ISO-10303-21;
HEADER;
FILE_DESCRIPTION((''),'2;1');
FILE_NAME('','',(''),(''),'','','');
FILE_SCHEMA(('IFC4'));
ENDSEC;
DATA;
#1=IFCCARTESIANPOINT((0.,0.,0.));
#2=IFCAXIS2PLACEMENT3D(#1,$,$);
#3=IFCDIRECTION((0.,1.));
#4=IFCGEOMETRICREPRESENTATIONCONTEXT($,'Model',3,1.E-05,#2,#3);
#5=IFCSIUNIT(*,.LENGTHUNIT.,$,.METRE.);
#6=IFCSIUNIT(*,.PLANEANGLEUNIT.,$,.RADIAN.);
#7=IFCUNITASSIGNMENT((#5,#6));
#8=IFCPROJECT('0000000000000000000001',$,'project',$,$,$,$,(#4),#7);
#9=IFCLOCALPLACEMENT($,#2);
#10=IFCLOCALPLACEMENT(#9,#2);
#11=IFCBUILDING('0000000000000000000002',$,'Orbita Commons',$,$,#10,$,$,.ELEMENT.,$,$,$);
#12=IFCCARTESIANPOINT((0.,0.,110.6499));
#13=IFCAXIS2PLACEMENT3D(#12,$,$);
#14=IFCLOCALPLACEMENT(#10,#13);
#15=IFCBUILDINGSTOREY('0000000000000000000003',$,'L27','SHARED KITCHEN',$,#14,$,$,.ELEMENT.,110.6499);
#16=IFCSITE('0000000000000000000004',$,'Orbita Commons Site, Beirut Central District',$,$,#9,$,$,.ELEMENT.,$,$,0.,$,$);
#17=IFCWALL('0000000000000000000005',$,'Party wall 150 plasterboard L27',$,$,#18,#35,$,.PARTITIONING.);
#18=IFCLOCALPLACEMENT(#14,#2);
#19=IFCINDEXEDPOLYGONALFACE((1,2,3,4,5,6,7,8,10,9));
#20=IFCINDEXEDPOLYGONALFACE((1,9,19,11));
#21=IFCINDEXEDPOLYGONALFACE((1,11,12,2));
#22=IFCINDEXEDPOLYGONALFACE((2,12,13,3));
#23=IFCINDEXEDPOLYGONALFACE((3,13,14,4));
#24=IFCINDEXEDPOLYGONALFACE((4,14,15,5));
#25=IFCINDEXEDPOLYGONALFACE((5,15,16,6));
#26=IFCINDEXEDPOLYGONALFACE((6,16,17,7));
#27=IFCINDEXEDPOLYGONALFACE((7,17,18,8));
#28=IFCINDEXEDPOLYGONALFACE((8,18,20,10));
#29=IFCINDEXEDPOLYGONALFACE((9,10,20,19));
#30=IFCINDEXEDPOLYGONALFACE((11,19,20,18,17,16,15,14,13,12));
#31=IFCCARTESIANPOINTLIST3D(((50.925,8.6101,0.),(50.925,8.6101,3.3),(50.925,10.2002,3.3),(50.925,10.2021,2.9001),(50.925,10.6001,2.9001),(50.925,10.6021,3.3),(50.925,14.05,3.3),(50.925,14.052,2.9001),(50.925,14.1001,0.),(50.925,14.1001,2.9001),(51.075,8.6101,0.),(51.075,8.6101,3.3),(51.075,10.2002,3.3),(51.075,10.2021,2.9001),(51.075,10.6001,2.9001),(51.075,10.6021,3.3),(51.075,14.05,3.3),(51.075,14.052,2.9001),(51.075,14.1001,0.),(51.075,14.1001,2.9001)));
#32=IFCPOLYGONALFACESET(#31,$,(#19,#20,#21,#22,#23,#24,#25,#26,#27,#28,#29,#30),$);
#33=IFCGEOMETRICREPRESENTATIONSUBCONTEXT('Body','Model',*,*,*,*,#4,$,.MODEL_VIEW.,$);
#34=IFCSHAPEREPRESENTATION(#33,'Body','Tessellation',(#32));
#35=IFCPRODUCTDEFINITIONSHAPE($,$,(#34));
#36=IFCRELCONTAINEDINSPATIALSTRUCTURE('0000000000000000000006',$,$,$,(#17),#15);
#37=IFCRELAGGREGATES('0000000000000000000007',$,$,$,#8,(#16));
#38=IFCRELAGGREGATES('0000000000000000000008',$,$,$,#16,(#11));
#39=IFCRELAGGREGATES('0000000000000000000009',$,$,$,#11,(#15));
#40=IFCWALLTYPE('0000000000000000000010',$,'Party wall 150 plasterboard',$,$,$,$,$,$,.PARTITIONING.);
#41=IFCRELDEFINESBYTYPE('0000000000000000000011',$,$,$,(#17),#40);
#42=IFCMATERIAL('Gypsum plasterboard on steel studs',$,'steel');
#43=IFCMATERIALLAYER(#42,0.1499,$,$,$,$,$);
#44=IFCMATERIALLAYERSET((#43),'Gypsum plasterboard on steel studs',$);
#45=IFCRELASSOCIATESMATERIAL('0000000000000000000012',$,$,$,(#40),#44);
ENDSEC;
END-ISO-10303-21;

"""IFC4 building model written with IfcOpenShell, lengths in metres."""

from ifc_helpers import new_model, si_unit, direction, frame, origin, place, context, subcontext, project, spatial, polyline, outline, extrude, material, layer, layer_set, type_object, element, save


model = new_model("IFC4")

# Units and contexts
model_context = context("Model", 3, precision=1e-05, world=origin(), true_north=direction((0.0, 1.0)))
body_context = subcontext(model_context, "Body", "Model", "MODEL_VIEW")
ifc_project = project(units=[si_unit("LENGTHUNIT", "METRE"), si_unit("PLANEANGLEUNIT", "RADIAN")], contexts=[model_context])

# Site, building, storey
site_placement = place(None, origin())
site = spatial("IfcSite", under=ifc_project, at=site_placement, Name="Orbita Commons Site, Beirut Central District", CompositionType="ELEMENT", RefElevation=0.0)
building_placement = place(site_placement, origin())
building = spatial("IfcBuilding", under=site, at=building_placement, Name="Orbita Commons", CompositionType="ELEMENT")
storey_placement = place(building_placement, frame((0.0, 0.0, 110.6499)))
storey = spatial("IfcBuildingStorey", under=building, at=storey_placement, Name="L27", Description="SHARED KITCHEN", CompositionType="ELEMENT", Elevation=110.6499)

# Wall
ifc_material_1 = material(Name="Gypsum plasterboard on steel studs", Category="steel")
ifc_layer_1 = layer(ifc_material_1, 0.1499)
ifc_layer_set_1 = layer_set([ifc_layer_1], Name="Gypsum plasterboard on steel studs")
wall_type_1 = type_object("IfcWallType", Name="Party wall 150 plasterboard", PredefinedType="PARTITIONING", material=ifc_layer_set_1)
for number, where, z_axis, x_axis, name in (
    (1, (51.0, 8.6101, 0.0), (0.0, 0.0, 1.0), (0.0, 1.0, 0.0), "Party wall 150 plasterboard L27"),
):
    element("IfcWall", number, at=place(storey_placement, frame(where, z_axis=z_axis, x_axis=x_axis)), inside=storey, type_object=wall_type_1, Name=name, PredefinedType="PARTITIONING", context=body_context, shape_type="SweptSolid", body=[
        extrude(outline(polyline([(0.0, 0.0), (5.49, 0.0), (5.49, 2.9001), (5.4419, 2.9001), (5.4399, 3.3), (1.9919, 3.3), (1.99, 2.9001), (1.592, 2.9001), (1.5901, 3.3), (0.0, 3.3), (0.0, 0.0)])), frame((0.0, 0.075, 0.0), z_axis=(0.0, -1.0, 0.0), x_axis=(1.0, 0.0, 0.0)), (0.0, 0.0, 1.0), 0.1499),
    ])

save(model, "model.ifc")
